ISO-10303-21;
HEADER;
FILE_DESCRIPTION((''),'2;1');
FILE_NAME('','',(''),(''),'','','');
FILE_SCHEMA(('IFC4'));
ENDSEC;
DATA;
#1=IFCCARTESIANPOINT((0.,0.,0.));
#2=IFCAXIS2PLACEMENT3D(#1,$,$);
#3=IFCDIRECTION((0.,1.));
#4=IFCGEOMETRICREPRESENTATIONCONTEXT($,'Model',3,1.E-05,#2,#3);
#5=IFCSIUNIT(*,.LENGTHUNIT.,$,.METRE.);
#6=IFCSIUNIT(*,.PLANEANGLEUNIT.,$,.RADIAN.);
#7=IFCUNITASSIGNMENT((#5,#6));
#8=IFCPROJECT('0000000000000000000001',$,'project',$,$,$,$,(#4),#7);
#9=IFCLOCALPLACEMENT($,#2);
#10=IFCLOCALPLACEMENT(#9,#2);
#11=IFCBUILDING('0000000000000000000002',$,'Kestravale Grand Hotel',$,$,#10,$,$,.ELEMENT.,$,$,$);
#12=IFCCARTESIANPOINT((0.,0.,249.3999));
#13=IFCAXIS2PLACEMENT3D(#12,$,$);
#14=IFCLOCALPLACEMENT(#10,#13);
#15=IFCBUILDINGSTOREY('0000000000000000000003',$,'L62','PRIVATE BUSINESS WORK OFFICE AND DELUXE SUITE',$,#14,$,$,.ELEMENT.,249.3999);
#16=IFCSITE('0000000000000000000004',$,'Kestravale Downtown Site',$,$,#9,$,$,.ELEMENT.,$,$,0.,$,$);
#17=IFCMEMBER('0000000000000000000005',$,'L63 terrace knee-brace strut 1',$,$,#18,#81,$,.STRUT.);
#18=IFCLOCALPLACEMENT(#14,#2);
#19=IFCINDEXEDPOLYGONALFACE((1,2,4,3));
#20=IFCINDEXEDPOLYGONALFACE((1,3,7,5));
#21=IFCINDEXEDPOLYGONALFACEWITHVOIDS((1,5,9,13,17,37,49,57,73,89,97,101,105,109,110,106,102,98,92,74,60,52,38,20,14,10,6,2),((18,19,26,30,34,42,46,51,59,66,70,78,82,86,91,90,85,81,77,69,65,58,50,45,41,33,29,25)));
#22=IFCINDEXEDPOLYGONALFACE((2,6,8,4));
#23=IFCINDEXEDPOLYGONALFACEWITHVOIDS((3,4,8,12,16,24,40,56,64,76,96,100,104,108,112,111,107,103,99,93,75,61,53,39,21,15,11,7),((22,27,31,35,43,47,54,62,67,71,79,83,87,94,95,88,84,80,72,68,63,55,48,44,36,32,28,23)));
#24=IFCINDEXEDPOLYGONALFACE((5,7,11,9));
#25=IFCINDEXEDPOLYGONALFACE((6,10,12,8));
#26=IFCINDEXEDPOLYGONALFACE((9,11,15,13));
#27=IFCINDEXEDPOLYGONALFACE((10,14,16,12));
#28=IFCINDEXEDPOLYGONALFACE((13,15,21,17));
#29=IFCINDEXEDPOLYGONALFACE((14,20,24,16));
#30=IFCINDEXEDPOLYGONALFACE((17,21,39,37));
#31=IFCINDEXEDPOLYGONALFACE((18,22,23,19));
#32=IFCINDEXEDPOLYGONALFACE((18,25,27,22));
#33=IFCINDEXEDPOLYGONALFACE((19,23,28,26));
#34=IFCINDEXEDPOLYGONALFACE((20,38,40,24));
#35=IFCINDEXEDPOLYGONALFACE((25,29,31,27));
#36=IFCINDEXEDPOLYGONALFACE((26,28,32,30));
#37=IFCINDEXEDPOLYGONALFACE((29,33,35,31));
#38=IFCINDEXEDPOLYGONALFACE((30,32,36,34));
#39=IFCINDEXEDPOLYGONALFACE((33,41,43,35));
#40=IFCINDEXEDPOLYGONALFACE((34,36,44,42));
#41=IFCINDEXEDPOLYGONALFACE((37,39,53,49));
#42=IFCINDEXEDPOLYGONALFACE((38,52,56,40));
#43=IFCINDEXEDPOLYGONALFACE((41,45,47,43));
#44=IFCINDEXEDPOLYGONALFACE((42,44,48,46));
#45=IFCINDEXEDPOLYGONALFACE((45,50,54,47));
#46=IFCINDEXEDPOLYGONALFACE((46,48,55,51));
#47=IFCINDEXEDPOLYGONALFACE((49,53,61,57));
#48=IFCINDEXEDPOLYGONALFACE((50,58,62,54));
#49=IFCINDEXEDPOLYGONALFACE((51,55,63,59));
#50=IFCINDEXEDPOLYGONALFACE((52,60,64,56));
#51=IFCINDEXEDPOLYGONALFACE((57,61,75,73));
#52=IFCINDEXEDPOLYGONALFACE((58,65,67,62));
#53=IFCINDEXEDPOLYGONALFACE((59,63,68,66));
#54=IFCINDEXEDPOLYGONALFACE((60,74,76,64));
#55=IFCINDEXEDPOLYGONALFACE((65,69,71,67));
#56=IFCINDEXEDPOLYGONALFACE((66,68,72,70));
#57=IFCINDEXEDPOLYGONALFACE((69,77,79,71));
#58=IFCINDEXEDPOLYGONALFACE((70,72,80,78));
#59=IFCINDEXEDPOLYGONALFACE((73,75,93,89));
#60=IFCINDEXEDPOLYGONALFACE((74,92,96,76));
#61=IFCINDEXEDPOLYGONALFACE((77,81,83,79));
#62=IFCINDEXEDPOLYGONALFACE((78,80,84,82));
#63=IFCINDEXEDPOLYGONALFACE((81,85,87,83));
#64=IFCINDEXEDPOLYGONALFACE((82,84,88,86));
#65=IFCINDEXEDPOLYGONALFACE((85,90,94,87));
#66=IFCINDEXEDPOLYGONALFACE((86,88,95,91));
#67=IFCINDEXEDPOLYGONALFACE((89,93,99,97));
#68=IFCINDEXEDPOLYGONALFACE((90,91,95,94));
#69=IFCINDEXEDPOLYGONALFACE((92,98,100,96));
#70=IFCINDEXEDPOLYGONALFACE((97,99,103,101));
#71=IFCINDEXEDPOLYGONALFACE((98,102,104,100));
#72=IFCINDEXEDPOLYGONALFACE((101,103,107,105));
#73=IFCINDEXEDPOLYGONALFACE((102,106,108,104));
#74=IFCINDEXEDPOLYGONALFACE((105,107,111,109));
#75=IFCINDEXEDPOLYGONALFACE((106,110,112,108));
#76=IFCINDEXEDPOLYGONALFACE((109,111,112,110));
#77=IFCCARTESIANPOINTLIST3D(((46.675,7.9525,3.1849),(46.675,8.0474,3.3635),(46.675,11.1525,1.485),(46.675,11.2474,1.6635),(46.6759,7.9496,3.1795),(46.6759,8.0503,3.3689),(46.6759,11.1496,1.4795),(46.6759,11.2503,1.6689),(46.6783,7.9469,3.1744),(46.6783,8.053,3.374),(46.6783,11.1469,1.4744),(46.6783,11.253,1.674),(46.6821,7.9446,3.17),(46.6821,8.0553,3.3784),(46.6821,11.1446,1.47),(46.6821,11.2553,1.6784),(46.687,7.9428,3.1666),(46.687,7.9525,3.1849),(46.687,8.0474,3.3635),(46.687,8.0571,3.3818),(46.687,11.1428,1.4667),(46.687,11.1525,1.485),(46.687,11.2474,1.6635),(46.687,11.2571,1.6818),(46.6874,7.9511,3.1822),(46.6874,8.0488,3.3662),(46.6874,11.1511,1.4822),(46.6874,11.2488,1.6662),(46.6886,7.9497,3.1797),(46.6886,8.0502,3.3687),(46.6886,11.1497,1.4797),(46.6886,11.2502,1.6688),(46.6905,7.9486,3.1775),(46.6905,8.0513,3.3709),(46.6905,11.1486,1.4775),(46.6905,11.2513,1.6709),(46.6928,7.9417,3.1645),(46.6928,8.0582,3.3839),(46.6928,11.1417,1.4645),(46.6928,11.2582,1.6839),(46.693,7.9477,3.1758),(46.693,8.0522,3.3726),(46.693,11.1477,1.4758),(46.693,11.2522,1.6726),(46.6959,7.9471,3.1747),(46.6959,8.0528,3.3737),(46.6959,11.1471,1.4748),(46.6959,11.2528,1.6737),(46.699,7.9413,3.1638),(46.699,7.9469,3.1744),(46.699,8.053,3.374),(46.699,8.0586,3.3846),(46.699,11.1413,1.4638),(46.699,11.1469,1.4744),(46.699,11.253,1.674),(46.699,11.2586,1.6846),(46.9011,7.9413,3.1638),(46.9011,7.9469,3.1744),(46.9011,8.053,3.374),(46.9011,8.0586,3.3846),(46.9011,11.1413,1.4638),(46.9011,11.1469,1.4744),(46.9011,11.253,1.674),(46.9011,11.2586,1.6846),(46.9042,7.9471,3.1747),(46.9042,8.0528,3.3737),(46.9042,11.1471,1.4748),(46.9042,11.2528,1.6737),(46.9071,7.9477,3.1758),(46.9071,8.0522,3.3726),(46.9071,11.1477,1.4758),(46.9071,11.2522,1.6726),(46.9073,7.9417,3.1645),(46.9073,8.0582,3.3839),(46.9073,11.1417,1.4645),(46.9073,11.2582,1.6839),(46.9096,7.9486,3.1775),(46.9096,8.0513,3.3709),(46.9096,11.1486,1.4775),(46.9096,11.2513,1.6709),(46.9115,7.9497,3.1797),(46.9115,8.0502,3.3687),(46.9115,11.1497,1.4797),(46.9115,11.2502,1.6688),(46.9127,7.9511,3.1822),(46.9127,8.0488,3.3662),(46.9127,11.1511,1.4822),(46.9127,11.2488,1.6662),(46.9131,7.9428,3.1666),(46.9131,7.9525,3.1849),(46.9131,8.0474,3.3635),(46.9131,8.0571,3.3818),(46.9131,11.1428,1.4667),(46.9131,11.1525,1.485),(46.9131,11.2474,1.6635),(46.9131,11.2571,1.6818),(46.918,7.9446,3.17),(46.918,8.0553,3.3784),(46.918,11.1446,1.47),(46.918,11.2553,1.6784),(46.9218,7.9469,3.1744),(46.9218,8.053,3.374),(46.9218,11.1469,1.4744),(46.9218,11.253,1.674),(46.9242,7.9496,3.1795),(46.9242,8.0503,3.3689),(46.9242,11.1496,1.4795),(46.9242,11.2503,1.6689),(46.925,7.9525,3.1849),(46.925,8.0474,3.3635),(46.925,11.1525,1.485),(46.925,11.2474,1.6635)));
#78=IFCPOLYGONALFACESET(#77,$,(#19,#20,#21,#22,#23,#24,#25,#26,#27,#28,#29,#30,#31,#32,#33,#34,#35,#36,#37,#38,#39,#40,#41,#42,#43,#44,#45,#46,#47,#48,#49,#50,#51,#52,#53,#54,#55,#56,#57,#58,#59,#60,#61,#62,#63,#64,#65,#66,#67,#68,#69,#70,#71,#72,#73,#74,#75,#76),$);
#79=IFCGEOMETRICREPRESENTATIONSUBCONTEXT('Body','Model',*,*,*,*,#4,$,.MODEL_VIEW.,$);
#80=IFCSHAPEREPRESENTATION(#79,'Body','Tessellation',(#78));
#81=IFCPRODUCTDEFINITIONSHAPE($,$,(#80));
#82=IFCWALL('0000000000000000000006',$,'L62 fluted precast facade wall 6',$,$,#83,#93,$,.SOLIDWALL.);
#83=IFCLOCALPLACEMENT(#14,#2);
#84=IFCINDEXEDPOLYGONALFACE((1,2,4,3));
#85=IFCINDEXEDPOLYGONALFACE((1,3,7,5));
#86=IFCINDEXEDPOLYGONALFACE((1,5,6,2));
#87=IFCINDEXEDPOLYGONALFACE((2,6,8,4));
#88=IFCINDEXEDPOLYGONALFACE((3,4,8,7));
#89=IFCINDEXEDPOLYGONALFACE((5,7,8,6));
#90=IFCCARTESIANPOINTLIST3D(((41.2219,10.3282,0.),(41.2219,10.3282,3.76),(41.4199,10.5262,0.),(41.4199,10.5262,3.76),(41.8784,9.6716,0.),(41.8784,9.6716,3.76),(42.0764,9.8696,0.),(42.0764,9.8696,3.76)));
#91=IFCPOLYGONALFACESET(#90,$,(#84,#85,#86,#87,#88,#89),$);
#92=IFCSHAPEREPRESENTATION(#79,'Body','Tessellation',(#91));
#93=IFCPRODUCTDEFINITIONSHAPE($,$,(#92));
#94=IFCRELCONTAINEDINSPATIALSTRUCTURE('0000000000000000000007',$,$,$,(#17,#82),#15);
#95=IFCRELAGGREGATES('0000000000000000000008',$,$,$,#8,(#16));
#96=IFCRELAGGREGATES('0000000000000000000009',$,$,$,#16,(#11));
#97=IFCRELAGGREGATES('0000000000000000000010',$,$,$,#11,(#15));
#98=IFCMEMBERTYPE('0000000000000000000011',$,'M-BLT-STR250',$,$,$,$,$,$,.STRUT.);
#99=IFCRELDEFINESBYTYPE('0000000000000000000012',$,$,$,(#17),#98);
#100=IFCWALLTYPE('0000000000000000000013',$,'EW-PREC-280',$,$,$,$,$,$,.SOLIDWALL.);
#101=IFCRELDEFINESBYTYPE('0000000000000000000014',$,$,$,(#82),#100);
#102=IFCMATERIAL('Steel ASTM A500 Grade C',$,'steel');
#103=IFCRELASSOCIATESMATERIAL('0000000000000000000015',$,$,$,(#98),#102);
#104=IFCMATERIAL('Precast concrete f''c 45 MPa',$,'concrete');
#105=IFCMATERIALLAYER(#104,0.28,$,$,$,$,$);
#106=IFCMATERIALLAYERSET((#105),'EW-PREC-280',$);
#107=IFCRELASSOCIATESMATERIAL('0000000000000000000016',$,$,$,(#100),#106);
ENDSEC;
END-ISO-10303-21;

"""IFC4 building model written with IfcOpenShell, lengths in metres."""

from ifc_helpers import new_model, si_unit, direction, frame, frame_2d, origin, origin_2d, place, context, subcontext, project, spatial, rectangle, hollow_rectangle, extrude, material, layer, layer_set, material_profile, profile_set, type_object, element, save


model = new_model("IFC4")

# Units and contexts
model_context = context("Model", 3, precision=1e-05, world=origin(), true_north=direction((0.0, 1.0)))
body_context = subcontext(model_context, "Body", "Model", "MODEL_VIEW")
ifc_project = project(units=[si_unit("LENGTHUNIT", "METRE"), si_unit("PLANEANGLEUNIT", "RADIAN")], contexts=[model_context])

# Site, building, storey
site_placement = place(None, origin())
site = spatial("IfcSite", under=ifc_project, at=site_placement, Name="Kestravale Downtown Site", CompositionType="ELEMENT", RefElevation=0.0)
building_placement = place(site_placement, origin())
building = spatial("IfcBuilding", under=site, at=building_placement, Name="Kestravale Grand Hotel", CompositionType="ELEMENT")
storey_placement = place(building_placement, frame((0.0, 0.0, 249.3999)))
storey = spatial("IfcBuildingStorey", under=building, at=storey_placement, Name="L62", Description="PRIVATE BUSINESS WORK OFFICE AND DELUXE SUITE", CompositionType="ELEMENT", Elevation=249.3999)

# Member
ifc_material_1 = material(Name="Steel ASTM A500 Grade C", Category="steel")
ifc_material_profile_1 = material_profile(ifc_material_1, hollow_rectangle(XDim=0.25, YDim=0.25, WallThickness=0.012, InnerFilletRadius=0.012, OuterFilletRadius=0.0239, at=origin_2d()))
ifc_profile_set_1 = profile_set([ifc_material_profile_1], Name="Steel ASTM A500 Grade C")
member_type = type_object("IfcMemberType", Name="M-BLT-STR250", PredefinedType="STRUT", material=ifc_profile_set_1)
member_placement = place(storey_placement, frame((46.8, 11.2, 1.5742), z_axis=(0.0, -0.883118, 0.46915), x_axis=(1.0, 0.0, 0.0)))
element("IfcMember", 1, at=member_placement, inside=storey, type_object=member_type, Name="L63 terrace knee-brace strut 1", PredefinedType="STRUT", context=body_context, shape_type="SweptSolid", body=[
    extrude(hollow_rectangle(XDim=0.25, YDim=0.25, WallThickness=0.012, InnerFilletRadius=0.012, OuterFilletRadius=0.0239, at=origin_2d()), origin(), (0.0, 0.0, 1.0), 3.6235),
])

# Wall
ifc_material_2 = material(Name="Precast concrete f'c 45 MPa", Category="concrete")
ifc_layer_1 = layer(ifc_material_2, 0.28)
ifc_layer_set_1 = layer_set([ifc_layer_1], Name="EW-PREC-280")
wall_type_1 = type_object("IfcWallType", Name="EW-PREC-280", PredefinedType="SOLIDWALL", material=ifc_layer_set_1)
wall_1_placement = place(storey_placement, frame((41.3208, 10.4272, 0.0), z_axis=(0.0, 0.0, 1.0), x_axis=(0.707107, -0.707107, 0.0)))
element("IfcWall", 2, at=wall_1_placement, inside=storey, type_object=wall_type_1, Name="L62 fluted precast facade wall 6", PredefinedType="SOLIDWALL", context=body_context, shape_type="SweptSolid", body=[
    extrude(rectangle(XDim=0.9285, YDim=0.28, at=frame_2d((0.4644, 0.0))), origin(), (0.0, 0.0, 1.0), 3.76),
])

save(model, "model.ifc")
